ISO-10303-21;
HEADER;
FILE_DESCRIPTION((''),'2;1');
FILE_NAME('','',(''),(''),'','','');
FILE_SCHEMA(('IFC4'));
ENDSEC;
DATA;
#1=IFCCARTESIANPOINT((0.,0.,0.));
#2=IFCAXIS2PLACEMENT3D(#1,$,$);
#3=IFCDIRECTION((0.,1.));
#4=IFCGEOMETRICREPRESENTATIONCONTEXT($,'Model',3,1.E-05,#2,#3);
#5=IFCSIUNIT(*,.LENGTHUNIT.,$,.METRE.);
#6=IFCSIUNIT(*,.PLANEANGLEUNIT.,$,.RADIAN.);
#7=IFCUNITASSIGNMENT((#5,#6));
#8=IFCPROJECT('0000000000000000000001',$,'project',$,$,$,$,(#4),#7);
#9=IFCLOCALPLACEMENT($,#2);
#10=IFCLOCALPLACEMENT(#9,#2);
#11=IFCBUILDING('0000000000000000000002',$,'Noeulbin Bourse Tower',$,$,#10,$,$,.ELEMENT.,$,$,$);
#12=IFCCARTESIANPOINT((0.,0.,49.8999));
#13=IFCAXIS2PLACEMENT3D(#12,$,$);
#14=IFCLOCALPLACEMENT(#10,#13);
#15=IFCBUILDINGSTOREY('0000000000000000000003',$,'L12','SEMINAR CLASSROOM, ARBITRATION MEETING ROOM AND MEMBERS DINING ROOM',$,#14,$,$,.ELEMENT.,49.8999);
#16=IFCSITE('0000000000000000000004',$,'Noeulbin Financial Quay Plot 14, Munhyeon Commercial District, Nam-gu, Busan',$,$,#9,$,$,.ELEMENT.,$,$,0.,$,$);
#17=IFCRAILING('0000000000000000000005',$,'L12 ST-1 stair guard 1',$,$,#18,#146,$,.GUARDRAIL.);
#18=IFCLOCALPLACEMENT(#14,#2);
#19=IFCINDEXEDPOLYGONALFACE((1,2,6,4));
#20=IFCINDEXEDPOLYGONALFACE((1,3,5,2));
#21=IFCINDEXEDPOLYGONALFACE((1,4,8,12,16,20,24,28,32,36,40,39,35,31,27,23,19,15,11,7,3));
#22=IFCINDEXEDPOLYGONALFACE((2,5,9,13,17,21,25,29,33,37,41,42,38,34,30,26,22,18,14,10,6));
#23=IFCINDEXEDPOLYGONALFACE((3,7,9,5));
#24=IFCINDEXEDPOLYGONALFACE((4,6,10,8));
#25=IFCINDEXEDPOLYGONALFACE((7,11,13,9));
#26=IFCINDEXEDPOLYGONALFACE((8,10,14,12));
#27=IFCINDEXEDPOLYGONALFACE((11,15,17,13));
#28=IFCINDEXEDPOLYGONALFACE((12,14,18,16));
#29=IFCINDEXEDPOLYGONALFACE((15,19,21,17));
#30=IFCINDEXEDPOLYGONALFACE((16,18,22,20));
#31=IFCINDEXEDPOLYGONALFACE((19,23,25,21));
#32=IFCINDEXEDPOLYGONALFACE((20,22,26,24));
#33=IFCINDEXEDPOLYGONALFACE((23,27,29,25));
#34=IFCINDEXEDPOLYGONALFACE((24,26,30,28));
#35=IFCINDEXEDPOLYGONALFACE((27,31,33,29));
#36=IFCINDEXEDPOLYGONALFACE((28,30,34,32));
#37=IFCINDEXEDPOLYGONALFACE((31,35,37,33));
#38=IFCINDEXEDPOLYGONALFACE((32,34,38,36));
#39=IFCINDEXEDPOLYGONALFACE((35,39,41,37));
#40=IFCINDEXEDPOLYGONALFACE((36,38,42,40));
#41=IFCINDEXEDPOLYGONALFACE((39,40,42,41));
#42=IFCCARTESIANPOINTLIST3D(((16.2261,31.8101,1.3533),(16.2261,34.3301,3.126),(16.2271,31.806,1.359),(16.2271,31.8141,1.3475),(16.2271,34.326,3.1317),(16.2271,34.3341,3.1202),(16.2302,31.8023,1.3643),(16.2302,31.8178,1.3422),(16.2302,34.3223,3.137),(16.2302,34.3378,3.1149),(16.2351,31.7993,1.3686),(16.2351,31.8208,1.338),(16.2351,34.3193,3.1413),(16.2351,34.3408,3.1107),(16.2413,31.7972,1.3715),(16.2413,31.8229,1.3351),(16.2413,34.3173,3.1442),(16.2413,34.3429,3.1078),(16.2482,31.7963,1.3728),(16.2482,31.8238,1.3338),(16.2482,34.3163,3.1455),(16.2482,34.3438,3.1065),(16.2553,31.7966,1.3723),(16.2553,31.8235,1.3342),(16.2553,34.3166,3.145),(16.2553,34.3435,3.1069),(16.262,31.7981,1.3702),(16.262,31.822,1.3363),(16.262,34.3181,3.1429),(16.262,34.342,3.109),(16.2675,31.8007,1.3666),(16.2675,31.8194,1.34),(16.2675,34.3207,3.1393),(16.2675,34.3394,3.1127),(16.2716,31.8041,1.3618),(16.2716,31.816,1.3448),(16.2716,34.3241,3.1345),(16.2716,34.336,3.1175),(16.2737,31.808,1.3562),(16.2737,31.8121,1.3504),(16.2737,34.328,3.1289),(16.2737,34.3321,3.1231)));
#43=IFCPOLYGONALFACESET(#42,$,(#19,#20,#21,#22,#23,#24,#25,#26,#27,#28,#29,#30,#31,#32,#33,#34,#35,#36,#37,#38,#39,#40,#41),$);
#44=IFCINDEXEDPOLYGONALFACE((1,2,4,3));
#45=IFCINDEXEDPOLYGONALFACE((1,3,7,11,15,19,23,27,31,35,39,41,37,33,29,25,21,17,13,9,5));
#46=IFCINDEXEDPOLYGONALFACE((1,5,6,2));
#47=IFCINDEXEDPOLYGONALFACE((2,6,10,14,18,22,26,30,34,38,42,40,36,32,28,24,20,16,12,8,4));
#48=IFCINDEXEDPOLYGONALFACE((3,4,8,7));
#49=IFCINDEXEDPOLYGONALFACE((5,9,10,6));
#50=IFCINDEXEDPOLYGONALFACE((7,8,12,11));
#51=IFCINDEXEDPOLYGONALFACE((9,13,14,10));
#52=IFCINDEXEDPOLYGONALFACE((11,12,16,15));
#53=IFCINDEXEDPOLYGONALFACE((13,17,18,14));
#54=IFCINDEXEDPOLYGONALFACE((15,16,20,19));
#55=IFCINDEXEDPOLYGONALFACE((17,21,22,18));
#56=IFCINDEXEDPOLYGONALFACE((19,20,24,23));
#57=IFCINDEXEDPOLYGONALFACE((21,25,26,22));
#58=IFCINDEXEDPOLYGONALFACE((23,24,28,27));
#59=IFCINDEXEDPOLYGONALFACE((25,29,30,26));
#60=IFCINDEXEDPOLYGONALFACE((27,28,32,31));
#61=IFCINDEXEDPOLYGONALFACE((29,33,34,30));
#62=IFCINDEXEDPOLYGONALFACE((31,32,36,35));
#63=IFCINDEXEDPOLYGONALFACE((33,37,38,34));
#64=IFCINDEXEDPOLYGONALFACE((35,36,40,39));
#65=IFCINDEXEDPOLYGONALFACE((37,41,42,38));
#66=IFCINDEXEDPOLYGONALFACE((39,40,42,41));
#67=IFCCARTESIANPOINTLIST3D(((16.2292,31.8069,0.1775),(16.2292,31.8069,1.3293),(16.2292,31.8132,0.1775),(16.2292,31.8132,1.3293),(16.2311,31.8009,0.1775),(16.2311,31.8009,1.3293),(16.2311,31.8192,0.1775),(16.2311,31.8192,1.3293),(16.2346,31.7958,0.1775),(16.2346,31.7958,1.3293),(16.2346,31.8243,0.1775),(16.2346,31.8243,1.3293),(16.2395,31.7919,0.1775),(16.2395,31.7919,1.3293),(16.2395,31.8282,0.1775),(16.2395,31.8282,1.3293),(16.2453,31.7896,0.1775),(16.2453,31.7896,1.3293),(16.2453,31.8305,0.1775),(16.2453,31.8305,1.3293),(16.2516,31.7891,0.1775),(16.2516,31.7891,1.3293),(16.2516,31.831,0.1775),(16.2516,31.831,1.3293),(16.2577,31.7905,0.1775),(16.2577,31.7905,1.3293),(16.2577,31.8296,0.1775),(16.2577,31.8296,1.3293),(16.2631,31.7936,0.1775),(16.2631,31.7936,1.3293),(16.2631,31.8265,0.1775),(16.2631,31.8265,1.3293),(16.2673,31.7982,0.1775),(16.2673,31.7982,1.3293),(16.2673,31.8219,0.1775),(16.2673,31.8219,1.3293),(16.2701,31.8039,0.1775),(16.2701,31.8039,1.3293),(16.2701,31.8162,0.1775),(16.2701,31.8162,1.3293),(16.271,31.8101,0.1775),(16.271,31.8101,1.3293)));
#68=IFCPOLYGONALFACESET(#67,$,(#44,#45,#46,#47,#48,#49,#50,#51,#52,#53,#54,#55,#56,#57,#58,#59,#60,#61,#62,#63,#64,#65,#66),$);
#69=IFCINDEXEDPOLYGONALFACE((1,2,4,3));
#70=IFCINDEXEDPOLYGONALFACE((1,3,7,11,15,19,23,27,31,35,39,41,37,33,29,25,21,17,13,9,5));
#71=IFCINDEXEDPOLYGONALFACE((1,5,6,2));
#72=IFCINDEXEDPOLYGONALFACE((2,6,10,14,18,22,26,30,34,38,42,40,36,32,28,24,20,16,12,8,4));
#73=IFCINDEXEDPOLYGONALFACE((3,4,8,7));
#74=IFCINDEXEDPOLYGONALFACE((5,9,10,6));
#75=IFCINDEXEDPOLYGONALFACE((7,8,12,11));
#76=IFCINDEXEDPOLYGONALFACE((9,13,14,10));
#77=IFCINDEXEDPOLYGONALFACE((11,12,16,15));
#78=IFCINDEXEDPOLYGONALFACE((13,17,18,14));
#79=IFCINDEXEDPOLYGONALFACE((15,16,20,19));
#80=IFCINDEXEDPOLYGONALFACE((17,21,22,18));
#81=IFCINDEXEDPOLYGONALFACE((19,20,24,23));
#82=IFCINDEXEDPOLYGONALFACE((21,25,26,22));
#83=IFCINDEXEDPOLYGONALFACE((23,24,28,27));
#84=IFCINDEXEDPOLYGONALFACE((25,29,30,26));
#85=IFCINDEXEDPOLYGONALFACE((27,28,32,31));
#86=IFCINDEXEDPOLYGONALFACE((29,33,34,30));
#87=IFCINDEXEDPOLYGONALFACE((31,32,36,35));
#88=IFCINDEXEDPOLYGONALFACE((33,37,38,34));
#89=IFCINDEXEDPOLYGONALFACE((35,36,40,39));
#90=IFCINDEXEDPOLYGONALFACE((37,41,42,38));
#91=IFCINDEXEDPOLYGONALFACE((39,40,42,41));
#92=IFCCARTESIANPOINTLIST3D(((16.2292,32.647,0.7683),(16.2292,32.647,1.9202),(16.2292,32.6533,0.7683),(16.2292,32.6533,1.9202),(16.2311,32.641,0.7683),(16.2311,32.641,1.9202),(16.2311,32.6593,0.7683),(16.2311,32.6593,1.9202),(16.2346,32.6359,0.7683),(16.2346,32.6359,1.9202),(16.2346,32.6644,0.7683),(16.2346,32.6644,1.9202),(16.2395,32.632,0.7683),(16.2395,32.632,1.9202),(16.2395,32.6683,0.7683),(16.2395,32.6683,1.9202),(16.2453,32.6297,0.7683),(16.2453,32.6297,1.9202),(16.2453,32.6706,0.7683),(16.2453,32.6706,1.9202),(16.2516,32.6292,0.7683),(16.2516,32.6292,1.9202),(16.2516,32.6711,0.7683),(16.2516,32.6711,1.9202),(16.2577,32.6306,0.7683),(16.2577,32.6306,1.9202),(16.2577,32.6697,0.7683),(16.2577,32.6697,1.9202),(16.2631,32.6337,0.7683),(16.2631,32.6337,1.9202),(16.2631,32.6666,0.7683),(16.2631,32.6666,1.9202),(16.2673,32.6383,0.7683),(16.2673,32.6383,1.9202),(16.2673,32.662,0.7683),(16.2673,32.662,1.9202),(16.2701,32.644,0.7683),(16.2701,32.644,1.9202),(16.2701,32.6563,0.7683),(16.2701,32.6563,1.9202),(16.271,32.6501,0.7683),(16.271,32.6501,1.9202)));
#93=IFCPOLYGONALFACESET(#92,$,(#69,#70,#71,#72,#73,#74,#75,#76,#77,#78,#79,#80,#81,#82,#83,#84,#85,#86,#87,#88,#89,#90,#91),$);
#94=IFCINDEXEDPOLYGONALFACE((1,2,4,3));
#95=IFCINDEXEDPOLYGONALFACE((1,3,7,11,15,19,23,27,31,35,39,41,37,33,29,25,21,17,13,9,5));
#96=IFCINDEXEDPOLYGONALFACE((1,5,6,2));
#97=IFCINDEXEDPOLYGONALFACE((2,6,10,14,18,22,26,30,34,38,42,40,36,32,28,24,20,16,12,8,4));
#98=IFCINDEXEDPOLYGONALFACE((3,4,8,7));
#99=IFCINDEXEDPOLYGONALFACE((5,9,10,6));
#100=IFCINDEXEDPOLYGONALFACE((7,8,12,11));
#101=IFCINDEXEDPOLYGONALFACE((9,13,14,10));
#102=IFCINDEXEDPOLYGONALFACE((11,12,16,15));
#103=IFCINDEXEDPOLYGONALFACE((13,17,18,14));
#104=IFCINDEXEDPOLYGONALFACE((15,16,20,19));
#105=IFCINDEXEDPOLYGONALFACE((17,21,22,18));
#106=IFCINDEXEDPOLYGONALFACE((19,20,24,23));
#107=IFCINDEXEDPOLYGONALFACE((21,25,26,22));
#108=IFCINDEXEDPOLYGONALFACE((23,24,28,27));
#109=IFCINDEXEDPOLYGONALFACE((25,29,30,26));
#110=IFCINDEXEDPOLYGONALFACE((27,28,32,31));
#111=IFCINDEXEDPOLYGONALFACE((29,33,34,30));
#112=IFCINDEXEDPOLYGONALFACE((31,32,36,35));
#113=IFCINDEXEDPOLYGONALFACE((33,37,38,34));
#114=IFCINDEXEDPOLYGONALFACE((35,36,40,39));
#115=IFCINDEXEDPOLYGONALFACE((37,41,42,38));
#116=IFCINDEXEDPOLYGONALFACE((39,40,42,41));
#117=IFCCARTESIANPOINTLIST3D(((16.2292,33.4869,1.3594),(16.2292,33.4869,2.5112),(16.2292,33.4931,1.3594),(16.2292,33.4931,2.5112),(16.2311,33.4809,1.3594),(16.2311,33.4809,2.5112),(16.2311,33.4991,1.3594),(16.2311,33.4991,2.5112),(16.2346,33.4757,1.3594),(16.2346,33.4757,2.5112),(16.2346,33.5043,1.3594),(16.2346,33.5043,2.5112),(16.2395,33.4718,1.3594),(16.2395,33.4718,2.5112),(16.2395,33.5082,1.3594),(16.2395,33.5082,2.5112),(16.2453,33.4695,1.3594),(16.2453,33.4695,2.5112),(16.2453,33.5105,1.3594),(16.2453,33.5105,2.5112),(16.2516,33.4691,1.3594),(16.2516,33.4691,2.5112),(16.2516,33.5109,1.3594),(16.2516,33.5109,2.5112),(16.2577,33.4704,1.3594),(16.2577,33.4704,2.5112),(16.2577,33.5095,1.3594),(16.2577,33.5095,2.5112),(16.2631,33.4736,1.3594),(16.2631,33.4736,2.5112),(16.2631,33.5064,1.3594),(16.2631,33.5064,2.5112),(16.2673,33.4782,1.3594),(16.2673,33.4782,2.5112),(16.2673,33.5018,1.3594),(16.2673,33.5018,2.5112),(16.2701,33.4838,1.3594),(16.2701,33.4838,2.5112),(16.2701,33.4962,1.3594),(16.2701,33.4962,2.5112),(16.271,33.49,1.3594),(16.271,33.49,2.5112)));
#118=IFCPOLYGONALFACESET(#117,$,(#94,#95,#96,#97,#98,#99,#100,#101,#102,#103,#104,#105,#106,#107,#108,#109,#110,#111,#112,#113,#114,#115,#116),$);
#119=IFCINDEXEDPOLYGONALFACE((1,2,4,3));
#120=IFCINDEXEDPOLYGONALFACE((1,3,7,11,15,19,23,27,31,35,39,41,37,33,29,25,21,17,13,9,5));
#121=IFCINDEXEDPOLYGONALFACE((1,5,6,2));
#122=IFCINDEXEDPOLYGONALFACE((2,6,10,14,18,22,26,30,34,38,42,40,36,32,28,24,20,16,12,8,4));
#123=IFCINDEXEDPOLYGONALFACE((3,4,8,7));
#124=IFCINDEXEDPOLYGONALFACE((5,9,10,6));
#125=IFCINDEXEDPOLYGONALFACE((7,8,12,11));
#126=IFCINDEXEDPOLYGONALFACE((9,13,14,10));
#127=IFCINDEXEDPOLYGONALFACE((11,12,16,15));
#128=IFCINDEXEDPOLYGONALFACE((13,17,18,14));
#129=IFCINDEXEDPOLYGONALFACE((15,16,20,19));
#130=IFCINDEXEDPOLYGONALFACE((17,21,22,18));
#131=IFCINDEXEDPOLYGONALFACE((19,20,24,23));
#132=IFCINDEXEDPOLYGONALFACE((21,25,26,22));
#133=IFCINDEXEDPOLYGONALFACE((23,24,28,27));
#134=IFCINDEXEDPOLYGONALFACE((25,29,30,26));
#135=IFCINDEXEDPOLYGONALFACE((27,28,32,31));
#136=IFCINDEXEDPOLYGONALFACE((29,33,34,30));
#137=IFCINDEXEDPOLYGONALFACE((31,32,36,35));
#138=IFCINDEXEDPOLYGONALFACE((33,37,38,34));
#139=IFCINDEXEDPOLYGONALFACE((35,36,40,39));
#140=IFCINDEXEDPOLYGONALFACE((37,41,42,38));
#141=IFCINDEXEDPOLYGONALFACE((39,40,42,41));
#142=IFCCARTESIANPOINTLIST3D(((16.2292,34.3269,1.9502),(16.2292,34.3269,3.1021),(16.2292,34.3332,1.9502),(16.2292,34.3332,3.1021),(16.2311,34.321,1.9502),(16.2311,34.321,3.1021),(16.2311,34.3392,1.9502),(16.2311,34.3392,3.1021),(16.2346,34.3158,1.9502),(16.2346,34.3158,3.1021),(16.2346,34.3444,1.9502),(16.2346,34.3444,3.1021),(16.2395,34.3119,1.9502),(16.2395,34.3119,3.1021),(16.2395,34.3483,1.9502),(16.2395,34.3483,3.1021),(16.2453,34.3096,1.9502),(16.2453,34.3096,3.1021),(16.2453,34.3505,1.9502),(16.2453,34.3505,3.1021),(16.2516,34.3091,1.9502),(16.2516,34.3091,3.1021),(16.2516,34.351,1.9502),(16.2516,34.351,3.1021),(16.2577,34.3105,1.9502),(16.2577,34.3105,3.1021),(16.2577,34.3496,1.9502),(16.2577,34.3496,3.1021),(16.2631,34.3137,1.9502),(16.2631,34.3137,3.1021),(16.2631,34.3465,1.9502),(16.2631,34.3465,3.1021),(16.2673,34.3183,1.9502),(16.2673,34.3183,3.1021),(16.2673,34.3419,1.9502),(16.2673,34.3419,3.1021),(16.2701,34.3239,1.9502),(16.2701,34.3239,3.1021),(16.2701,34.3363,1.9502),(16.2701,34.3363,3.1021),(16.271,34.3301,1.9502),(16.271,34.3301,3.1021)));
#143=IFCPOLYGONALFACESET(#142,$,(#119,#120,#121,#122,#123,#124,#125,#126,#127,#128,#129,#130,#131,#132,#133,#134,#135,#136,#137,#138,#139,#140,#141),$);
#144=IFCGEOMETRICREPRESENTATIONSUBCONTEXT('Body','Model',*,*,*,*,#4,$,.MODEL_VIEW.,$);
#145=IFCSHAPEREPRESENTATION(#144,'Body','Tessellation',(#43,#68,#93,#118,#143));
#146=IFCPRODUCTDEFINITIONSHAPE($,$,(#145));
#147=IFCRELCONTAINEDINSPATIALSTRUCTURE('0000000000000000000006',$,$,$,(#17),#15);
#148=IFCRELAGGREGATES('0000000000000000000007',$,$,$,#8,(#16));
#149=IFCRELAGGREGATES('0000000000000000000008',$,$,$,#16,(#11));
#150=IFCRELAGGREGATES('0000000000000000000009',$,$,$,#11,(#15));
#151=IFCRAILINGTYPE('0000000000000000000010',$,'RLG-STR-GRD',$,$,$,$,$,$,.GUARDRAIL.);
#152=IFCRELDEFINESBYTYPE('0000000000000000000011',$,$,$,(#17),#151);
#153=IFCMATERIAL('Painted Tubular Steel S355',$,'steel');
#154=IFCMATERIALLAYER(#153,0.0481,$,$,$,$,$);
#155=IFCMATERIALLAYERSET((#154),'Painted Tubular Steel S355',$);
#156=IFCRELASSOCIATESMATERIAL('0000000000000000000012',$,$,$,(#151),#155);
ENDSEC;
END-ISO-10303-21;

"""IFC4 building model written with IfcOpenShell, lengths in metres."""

from ifc_helpers import new_model, si_unit, direction, frame, origin, origin_2d, place, context, subcontext, project, spatial, circle, extrude, material, layer, layer_set, type_object, element, save


model = new_model("IFC4")

# Units and contexts
model_context = context("Model", 3, precision=1e-05, world=origin(), true_north=direction((0.0, 1.0)))
body_context = subcontext(model_context, "Body", "Model", "MODEL_VIEW")
ifc_project = project(units=[si_unit("LENGTHUNIT", "METRE"), si_unit("PLANEANGLEUNIT", "RADIAN")], contexts=[model_context])

# Site, building, storey
site_placement = place(None, origin())
site = spatial("IfcSite", under=ifc_project, at=site_placement, Name="Noeulbin Financial Quay Plot 14, Munhyeon Commercial District, Nam-gu, Busan", CompositionType="ELEMENT", RefElevation=0.0)
building_placement = place(site_placement, origin())
building = spatial("IfcBuilding", under=site, at=building_placement, Name="Noeulbin Bourse Tower", CompositionType="ELEMENT")
storey_placement = place(building_placement, frame((0.0, 0.0, 49.8999)))
storey = spatial("IfcBuildingStorey", under=building, at=storey_placement, Name="L12", Description="SEMINAR CLASSROOM, ARBITRATION MEETING ROOM AND MEMBERS DINING ROOM", CompositionType="ELEMENT", Elevation=49.8999)

# Railing
ifc_material_1 = material(Name="Painted Tubular Steel S355", Category="steel")
ifc_layer_1 = layer(ifc_material_1, 0.0481)
ifc_layer_set_1 = layer_set([ifc_layer_1], Name="Painted Tubular Steel S355")
railing_type_1 = type_object("IfcRailingType", Name="RLG-STR-GRD", PredefinedType="GUARDRAIL", material=ifc_layer_set_1)
railing_1_placement = place(storey_placement, frame((16.25, 31.8101, 0.1775)))
element("IfcRailing", 1, at=railing_1_placement, inside=storey, type_object=railing_type_1, Name="L12 ST-1 stair guard 1", PredefinedType="GUARDRAIL", context=body_context, shape_type="SweptSolid", body=[
    extrude(circle(Radius=0.0239, at=origin_2d()), frame((0.0, 0.0, 1.1758), z_axis=(0.0, 0.817904, 0.575354), x_axis=(-1.0, 0.0, 0.0)), (0.0, 0.0, 1.0), 3.0811),
    extrude(circle(Radius=0.021, at=origin_2d()), origin(), (0.0, 0.0, 1.0), 1.1519),
    extrude(circle(Radius=0.021, at=origin_2d()), frame((0.0, 0.8401, 0.5908)), (0.0, 0.0, 1.0), 1.1519),
    extrude(circle(Radius=0.021, at=origin_2d()), frame((0.0, 1.6799, 1.1819)), (0.0, 0.0, 1.0), 1.1519),
    extrude(circle(Radius=0.021, at=origin_2d()), frame((0.0, 2.52, 1.7727)), (0.0, 0.0, 1.0), 1.1519),
])

save(model, "model.ifc")
